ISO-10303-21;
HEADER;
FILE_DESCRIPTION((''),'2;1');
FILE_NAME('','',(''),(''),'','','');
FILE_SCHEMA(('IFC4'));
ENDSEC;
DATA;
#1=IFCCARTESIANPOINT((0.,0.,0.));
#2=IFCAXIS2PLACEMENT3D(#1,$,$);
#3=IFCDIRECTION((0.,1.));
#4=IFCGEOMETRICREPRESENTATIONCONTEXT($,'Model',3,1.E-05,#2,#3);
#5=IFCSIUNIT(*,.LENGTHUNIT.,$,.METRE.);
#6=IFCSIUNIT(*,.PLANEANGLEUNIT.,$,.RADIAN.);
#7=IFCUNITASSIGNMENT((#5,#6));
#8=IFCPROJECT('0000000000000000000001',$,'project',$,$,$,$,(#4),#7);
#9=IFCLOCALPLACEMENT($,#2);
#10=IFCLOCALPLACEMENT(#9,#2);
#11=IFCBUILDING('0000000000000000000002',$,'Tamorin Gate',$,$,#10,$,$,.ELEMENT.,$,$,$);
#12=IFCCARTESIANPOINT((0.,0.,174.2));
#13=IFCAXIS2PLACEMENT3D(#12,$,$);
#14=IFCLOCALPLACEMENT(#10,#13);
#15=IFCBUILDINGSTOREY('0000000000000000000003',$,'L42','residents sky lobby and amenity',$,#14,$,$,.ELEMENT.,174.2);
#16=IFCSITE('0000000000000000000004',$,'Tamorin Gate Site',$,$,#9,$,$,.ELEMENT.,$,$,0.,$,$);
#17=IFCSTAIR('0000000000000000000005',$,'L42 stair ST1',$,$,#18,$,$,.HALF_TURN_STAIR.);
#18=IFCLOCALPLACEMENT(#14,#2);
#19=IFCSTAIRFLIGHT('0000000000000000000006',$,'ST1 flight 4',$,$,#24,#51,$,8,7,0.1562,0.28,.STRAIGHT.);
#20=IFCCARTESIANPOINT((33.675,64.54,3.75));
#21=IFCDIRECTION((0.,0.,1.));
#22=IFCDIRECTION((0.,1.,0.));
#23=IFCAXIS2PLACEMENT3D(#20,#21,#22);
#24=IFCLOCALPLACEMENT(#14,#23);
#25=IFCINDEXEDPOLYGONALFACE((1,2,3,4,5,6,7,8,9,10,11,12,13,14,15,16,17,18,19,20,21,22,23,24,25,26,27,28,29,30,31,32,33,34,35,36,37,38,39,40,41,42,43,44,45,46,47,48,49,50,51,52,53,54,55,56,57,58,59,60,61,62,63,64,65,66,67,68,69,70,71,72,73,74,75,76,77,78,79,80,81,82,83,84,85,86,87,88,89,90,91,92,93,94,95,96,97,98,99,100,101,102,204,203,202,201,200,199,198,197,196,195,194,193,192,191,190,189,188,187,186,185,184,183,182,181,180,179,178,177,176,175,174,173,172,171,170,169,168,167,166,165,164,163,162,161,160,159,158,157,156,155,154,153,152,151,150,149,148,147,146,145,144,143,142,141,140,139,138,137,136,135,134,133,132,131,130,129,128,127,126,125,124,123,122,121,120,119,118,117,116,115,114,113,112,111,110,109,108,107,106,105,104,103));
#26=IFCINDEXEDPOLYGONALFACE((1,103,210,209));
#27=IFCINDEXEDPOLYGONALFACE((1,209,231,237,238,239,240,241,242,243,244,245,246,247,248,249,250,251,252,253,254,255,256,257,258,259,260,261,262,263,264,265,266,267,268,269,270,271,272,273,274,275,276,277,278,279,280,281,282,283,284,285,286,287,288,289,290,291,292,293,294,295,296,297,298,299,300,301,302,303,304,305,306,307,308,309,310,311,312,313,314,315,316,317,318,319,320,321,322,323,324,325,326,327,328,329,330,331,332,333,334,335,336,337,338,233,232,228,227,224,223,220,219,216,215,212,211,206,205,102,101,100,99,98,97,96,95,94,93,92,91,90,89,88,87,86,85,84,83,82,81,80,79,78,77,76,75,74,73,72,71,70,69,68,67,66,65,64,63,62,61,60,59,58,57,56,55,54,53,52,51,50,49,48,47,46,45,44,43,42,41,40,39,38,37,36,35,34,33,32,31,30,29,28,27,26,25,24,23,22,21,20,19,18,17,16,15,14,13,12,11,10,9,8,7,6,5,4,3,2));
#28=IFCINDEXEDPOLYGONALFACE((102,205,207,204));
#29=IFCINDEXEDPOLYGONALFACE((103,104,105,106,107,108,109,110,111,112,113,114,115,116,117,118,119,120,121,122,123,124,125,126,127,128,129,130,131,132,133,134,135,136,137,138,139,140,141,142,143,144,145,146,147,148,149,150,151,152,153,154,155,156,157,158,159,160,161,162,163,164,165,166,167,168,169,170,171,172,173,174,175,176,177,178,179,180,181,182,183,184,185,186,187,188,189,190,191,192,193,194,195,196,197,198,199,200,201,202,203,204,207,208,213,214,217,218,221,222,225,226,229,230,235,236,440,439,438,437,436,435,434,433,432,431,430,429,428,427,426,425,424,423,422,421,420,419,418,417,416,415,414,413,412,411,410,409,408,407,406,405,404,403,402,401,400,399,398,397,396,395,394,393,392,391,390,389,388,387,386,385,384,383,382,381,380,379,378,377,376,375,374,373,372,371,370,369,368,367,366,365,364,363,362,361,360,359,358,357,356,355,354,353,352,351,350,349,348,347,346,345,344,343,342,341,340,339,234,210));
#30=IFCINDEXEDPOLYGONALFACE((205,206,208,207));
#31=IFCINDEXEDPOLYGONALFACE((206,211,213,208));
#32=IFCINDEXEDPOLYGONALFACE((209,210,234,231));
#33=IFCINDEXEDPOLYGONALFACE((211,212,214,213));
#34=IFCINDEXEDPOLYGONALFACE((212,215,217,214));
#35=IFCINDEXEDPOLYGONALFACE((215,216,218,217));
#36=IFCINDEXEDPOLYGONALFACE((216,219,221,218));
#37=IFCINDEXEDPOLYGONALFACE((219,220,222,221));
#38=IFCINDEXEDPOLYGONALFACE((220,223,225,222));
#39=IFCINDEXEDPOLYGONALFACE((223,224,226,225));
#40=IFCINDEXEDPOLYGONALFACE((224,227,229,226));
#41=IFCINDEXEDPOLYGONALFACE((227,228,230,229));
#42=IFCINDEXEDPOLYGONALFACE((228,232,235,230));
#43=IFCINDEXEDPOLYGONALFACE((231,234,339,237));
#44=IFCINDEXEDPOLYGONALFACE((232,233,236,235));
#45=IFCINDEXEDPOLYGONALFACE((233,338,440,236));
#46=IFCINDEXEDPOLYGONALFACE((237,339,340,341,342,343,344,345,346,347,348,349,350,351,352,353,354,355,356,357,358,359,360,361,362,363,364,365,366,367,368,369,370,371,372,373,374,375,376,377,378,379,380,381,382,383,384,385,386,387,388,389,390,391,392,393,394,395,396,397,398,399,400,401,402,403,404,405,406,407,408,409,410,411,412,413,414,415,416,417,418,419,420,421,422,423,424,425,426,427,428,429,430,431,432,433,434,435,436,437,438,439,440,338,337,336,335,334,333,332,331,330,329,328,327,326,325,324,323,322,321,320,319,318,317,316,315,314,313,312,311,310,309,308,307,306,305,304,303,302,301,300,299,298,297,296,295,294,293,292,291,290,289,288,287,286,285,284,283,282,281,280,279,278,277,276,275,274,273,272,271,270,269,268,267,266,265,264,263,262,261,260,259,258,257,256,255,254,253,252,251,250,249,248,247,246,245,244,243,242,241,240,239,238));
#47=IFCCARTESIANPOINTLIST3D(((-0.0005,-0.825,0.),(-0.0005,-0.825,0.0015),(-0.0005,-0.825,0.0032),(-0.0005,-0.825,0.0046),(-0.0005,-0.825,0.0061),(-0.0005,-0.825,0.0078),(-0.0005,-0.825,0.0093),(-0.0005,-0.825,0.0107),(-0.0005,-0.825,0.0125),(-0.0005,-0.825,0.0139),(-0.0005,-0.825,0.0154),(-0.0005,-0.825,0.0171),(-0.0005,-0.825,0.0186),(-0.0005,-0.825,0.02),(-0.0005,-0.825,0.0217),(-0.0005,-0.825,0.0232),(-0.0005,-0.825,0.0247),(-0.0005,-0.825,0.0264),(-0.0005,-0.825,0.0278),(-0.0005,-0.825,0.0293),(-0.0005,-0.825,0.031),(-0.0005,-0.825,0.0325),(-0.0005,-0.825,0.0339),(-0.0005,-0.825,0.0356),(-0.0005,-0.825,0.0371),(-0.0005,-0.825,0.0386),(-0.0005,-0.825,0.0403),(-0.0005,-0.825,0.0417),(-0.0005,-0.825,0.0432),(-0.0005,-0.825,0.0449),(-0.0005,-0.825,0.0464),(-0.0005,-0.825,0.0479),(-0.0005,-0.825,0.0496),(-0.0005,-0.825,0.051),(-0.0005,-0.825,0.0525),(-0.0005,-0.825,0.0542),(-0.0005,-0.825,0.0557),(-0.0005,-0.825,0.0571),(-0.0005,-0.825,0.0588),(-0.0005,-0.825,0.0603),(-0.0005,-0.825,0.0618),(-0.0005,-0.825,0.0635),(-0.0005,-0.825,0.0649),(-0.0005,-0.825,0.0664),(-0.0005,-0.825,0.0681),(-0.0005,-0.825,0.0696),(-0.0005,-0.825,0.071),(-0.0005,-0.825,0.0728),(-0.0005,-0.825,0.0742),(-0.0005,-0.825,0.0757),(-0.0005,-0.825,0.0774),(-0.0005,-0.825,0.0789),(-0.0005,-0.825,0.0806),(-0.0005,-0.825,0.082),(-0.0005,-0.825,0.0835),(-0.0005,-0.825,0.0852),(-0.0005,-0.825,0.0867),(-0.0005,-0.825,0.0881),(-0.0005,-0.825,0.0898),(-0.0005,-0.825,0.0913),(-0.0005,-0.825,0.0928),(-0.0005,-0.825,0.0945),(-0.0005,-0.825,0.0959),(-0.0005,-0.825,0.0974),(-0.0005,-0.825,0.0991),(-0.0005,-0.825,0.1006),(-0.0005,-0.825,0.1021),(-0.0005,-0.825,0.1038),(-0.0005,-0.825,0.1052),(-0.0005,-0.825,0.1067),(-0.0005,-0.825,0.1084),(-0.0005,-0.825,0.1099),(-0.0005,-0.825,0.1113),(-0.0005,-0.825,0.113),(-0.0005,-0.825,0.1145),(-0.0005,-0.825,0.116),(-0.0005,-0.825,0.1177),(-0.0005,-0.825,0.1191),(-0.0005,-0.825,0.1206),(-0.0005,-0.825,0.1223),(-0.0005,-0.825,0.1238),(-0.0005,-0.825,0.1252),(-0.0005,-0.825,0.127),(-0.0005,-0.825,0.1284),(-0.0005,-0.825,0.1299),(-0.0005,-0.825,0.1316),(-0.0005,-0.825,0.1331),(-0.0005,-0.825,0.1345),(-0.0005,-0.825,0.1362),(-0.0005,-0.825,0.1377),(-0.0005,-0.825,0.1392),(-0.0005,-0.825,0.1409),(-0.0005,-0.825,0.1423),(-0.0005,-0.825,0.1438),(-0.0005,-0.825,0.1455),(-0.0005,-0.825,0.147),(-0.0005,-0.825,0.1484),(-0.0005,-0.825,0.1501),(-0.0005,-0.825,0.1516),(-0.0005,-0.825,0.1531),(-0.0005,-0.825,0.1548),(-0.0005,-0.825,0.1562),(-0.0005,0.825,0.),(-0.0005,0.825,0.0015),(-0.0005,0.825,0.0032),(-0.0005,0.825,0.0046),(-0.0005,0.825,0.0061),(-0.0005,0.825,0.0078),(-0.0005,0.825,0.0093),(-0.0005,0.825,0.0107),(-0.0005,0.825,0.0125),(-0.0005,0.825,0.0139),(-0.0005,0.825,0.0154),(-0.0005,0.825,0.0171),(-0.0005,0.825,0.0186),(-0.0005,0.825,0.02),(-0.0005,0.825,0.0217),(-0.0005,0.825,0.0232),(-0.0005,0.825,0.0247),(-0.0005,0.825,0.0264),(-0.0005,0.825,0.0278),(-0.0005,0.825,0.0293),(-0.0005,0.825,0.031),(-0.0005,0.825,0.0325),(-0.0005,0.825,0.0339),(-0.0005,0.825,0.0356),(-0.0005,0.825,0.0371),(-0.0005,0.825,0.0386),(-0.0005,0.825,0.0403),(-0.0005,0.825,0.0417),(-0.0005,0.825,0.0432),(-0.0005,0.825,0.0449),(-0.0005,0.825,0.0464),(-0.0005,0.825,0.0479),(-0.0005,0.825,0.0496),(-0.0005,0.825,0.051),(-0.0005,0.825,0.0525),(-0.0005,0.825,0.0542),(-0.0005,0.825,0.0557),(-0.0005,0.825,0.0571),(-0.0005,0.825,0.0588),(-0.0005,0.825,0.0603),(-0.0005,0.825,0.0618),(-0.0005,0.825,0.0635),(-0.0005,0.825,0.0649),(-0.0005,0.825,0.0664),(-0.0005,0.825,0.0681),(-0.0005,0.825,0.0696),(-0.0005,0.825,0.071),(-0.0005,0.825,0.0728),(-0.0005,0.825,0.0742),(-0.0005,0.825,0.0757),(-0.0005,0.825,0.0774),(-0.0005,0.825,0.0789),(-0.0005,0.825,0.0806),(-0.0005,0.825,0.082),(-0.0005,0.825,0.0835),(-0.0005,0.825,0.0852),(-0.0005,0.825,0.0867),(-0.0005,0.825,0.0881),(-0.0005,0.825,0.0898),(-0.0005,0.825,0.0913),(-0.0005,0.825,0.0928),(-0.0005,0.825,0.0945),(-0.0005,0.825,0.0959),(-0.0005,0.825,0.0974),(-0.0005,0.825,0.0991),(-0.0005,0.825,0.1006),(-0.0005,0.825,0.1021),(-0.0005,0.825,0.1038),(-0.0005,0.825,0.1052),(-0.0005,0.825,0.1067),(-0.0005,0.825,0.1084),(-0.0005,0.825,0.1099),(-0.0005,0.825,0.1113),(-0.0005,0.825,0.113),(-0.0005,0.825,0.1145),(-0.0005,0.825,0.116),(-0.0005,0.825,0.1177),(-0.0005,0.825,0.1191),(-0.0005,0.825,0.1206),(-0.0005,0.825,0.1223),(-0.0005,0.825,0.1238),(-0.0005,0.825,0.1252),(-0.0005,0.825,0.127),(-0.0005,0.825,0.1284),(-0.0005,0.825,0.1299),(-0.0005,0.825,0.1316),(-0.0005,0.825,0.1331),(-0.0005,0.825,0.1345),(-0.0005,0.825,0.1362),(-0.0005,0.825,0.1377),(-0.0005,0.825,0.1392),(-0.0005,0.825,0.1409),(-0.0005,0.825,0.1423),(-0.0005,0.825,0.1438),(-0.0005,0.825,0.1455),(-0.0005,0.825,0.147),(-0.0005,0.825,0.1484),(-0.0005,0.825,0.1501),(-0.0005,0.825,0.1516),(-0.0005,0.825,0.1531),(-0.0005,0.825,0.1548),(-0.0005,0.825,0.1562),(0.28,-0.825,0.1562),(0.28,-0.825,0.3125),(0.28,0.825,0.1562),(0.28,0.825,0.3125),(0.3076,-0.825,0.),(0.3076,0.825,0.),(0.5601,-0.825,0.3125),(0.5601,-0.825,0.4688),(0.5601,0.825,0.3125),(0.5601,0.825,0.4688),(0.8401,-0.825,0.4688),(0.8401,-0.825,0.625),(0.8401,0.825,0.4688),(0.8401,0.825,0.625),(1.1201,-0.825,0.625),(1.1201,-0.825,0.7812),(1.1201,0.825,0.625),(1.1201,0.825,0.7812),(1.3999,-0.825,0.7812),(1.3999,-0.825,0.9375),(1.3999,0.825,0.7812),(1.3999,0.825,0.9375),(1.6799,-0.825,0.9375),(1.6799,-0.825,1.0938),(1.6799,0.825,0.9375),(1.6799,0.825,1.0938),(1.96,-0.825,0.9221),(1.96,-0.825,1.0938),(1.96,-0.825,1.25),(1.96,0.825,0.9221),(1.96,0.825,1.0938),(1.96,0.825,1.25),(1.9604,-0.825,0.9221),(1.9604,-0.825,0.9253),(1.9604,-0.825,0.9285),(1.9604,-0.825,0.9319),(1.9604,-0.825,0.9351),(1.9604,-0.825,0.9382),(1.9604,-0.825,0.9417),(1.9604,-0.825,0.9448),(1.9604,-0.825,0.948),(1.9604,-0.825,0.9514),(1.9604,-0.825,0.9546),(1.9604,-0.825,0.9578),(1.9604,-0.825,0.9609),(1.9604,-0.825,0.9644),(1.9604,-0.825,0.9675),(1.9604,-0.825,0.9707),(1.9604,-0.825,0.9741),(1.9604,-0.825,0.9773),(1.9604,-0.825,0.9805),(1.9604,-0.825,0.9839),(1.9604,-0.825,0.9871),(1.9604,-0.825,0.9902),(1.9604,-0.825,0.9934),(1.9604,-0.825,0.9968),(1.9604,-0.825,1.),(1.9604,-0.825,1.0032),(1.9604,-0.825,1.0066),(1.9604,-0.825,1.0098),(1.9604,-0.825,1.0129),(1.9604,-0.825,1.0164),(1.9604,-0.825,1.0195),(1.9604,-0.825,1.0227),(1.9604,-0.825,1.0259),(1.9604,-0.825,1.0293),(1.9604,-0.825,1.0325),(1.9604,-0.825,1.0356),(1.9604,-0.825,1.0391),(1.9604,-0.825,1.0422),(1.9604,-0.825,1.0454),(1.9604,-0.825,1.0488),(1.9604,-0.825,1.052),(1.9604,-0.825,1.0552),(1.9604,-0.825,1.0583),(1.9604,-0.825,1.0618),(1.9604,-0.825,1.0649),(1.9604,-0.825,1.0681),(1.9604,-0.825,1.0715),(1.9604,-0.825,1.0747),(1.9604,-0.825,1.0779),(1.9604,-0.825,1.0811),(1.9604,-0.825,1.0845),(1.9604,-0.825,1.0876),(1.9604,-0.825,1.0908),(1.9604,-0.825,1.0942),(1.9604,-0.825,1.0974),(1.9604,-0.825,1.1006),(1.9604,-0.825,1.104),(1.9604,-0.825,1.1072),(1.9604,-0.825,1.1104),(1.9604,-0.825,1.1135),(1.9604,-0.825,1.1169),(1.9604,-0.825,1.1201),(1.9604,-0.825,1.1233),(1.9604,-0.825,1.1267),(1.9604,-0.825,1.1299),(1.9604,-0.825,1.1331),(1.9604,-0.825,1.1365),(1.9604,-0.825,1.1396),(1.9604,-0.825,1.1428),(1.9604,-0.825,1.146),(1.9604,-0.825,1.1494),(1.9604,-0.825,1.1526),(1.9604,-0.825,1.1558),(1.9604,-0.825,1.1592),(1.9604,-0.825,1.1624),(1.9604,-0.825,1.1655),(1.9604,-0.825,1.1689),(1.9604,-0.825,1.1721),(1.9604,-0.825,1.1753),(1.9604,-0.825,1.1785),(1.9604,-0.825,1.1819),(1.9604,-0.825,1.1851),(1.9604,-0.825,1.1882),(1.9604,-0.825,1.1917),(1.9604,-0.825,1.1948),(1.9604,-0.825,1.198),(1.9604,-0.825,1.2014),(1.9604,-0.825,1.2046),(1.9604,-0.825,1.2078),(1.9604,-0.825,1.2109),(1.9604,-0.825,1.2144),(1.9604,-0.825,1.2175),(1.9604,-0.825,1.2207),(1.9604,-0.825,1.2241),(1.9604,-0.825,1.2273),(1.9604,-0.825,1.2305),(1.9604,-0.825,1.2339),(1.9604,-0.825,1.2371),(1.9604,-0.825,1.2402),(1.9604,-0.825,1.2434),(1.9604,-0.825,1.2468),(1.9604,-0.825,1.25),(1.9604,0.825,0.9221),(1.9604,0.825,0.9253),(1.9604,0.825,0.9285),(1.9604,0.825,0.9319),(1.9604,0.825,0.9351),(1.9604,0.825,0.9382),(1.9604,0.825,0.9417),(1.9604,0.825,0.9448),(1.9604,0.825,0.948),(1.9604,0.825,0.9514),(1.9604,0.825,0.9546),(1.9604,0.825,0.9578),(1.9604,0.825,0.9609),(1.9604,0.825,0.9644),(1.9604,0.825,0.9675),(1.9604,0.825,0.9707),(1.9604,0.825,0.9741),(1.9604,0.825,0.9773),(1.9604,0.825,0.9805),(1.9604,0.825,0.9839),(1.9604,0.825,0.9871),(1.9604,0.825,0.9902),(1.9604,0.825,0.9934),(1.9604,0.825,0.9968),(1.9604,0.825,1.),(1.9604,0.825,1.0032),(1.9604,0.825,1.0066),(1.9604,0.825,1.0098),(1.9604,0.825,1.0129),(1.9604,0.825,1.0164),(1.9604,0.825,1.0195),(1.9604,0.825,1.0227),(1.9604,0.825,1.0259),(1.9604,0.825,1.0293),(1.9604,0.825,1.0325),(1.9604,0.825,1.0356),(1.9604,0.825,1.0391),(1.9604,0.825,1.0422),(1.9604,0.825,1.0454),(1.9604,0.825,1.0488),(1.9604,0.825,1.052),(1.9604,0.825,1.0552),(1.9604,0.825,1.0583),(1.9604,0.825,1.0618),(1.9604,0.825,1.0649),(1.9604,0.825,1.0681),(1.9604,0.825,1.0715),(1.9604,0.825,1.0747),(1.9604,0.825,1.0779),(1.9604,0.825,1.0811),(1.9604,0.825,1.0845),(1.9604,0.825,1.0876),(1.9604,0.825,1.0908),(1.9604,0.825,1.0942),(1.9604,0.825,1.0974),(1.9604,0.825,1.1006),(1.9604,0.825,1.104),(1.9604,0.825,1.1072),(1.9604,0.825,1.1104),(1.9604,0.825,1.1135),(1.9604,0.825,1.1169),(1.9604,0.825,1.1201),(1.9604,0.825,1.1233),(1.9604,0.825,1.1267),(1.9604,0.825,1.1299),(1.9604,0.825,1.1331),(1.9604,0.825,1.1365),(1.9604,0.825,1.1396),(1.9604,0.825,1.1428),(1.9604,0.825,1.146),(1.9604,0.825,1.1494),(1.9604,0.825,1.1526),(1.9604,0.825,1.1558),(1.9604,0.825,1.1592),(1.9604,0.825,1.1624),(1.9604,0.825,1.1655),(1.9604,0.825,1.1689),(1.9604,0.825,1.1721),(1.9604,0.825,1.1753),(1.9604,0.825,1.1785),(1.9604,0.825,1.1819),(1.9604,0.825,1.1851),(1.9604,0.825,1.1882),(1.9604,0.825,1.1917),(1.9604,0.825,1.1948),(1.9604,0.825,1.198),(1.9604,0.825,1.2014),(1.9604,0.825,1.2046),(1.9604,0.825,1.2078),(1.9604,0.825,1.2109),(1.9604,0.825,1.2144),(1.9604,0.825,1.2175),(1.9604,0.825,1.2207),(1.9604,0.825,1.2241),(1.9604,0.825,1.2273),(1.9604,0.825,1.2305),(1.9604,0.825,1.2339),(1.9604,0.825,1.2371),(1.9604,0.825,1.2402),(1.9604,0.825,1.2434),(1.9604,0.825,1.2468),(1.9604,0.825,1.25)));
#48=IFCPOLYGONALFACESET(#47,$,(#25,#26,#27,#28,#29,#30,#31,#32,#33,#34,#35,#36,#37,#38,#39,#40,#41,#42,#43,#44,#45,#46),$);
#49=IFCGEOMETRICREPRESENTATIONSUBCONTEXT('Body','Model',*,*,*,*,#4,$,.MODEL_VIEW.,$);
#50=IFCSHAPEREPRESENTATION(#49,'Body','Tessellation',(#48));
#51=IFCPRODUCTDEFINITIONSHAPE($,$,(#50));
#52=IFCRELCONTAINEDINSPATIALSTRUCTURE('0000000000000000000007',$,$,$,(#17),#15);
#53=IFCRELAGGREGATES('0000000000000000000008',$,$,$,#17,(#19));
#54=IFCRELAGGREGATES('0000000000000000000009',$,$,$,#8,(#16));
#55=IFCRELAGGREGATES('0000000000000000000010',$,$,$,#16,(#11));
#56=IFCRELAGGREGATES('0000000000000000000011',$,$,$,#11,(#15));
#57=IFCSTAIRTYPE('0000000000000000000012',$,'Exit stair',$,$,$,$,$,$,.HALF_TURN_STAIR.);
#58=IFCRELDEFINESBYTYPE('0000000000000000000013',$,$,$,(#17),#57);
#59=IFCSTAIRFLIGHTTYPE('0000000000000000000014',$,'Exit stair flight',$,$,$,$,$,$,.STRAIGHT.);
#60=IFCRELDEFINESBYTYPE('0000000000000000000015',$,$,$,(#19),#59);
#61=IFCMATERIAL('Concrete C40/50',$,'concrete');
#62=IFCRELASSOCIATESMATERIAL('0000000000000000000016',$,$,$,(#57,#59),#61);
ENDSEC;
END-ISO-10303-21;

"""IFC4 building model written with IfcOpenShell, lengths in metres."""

from ifc_helpers import new_model, si_unit, direction, frame, origin, place, context, subcontext, project, spatial, polyline, outline, extrude, material, type_object, element, aggregate, save


model = new_model("IFC4")

# Units and contexts
model_context = context("Model", 3, precision=1e-05, world=origin(), true_north=direction((0.0, 1.0)))
body_context = subcontext(model_context, "Body", "Model", "MODEL_VIEW")
ifc_project = project(units=[si_unit("LENGTHUNIT", "METRE"), si_unit("PLANEANGLEUNIT", "RADIAN")], contexts=[model_context])

# Site, building, storey
site_placement = place(None, origin())
site = spatial("IfcSite", under=ifc_project, at=site_placement, Name="Tamorin Gate Site", CompositionType="ELEMENT", RefElevation=0.0)
building_placement = place(site_placement, origin())
building = spatial("IfcBuilding", under=site, at=building_placement, Name="Tamorin Gate", CompositionType="ELEMENT")
storey_placement = place(building_placement, frame((0.0, 0.0, 174.2)))
storey = spatial("IfcBuildingStorey", under=building, at=storey_placement, Name="L42", Description="residents sky lobby and amenity", CompositionType="ELEMENT", Elevation=174.2)

# Shared definitions
ifc_material_1 = material(Name="Concrete C40/50", Category="concrete")

# Stair, stair flight
stair_type = type_object("IfcStairType", Name="Exit stair", PredefinedType="HALF_TURN_STAIR", material=ifc_material_1)
stair_placement = place(storey_placement, origin())
stair = element("IfcStair", 1, at=stair_placement, inside=storey, type_object=stair_type, Name="L42 stair ST1", PredefinedType="HALF_TURN_STAIR")
stair_flight_type = type_object("IfcStairFlightType", Name="Exit stair flight", PredefinedType="STRAIGHT", material=ifc_material_1)
stair_flight_1_placement = place(storey_placement, frame((33.675, 64.54, 3.75), z_axis=(0.0, 0.0, 1.0), x_axis=(0.0, 1.0, 0.0)))
stair_flight_1 = element("IfcStairFlight", 2, at=stair_flight_1_placement, type_object=stair_flight_type, Name="ST1 flight 4", NumberOfRisers=8, NumberOfTreads=7, PredefinedType="STRAIGHT", RiserHeight=0.1562, TreadLength=0.28, context=body_context, shape_type="SweptSolid", body=[
    extrude(outline(polyline([(-0.0005, 0.0), (-0.0005, 0.0015), (-0.0005, 0.0032), (-0.0005, 0.0046), (-0.0005, 0.0061), (-0.0005, 0.0078), (-0.0005, 0.0093), (-0.0005, 0.0107), (-0.0005, 0.0125), (-0.0005, 0.0139), (-0.0005, 0.0154), (-0.0005, 0.0171), (-0.0005, 0.0186), (-0.0005, 0.02), (-0.0005, 0.0217), (-0.0005, 0.0232), (-0.0005, 0.0247), (-0.0005, 0.0264), (-0.0005, 0.0278), (-0.0005, 0.0293), (-0.0005, 0.031), (-0.0005, 0.0325), (-0.0005, 0.0339), (-0.0005, 0.0356), (-0.0005, 0.0371), (-0.0005, 0.0386), (-0.0005, 0.0403), (-0.0005, 0.0417), (-0.0005, 0.0432), (-0.0005, 0.0449), (-0.0005, 0.0464), (-0.0005, 0.0479), (-0.0005, 0.0496), (-0.0005, 0.051), (-0.0005, 0.0525), (-0.0005, 0.0542), (-0.0005, 0.0557), (-0.0005, 0.0571), (-0.0005, 0.0588), (-0.0005, 0.0603), (-0.0005, 0.0618), (-0.0005, 0.0635), (-0.0005, 0.0649), (-0.0005, 0.0664), (-0.0005, 0.0681), (-0.0005, 0.0696), (-0.0005, 0.071), (-0.0005, 0.0728), (-0.0005, 0.0742), (-0.0005, 0.0757), (-0.0005, 0.0774), (-0.0005, 0.0789), (-0.0005, 0.0806), (-0.0005, 0.082), (-0.0005, 0.0835), (-0.0005, 0.0852), (-0.0005, 0.0867), (-0.0005, 0.0881), (-0.0005, 0.0898), (-0.0005, 0.0913), (-0.0005, 0.0928), (-0.0005, 0.0945), (-0.0005, 0.0959), (-0.0005, 0.0974), (-0.0005, 0.0991), (-0.0005, 0.1006), (-0.0005, 0.1021), (-0.0005, 0.1038), (-0.0005, 0.1052), (-0.0005, 0.1067), (-0.0005, 0.1084), (-0.0005, 0.1099), (-0.0005, 0.1113), (-0.0005, 0.113), (-0.0005, 0.1145), (-0.0005, 0.116), (-0.0005, 0.1177), (-0.0005, 0.1191), (-0.0005, 0.1206), (-0.0005, 0.1223), (-0.0005, 0.1238), (-0.0005, 0.1252), (-0.0005, 0.127), (-0.0005, 0.1284), (-0.0005, 0.1299), (-0.0005, 0.1316), (-0.0005, 0.1331), (-0.0005, 0.1345), (-0.0005, 0.1362), (-0.0005, 0.1377), (-0.0005, 0.1392), (-0.0005, 0.1409), (-0.0005, 0.1423), (-0.0005, 0.1438), (-0.0005, 0.1455), (-0.0005, 0.147), (-0.0005, 0.1484), (-0.0005, 0.1501), (-0.0005, 0.1516), (-0.0005, 0.1531), (-0.0005, 0.1548), (-0.0005, 0.1562), (0.28, 0.1562), (0.28, 0.3125), (0.5601, 0.3125), (0.5601, 0.4688), (0.8401, 0.4688), (0.8401, 0.625), (1.1201, 0.625), (1.1201, 0.7812), (1.3999, 0.7812), (1.3999, 0.9375), (1.6799, 0.9375), (1.6799, 1.0938), (1.96, 1.0938), (1.96, 1.25), (1.9604, 1.25), (1.9604, 1.2468), (1.9604, 1.2434), (1.9604, 1.2402), (1.9604, 1.2371), (1.9604, 1.2339), (1.9604, 1.2305), (1.9604, 1.2273), (1.9604, 1.2241), (1.9604, 1.2207), (1.9604, 1.2175), (1.9604, 1.2144), (1.9604, 1.2109), (1.9604, 1.2078), (1.9604, 1.2046), (1.9604, 1.2014), (1.9604, 1.198), (1.9604, 1.1948), (1.9604, 1.1917), (1.9604, 1.1882), (1.9604, 1.1851), (1.9604, 1.1819), (1.9604, 1.1785), (1.9604, 1.1753), (1.9604, 1.1721), (1.9604, 1.1689), (1.9604, 1.1655), (1.9604, 1.1624), (1.9604, 1.1592), (1.9604, 1.1558), (1.9604, 1.1526), (1.9604, 1.1494), (1.9604, 1.146), (1.9604, 1.1428), (1.9604, 1.1396), (1.9604, 1.1365), (1.9604, 1.1331), (1.9604, 1.1299), (1.9604, 1.1267), (1.9604, 1.1233), (1.9604, 1.1201), (1.9604, 1.1169), (1.9604, 1.1135), (1.9604, 1.1104), (1.9604, 1.1072), (1.9604, 1.104), (1.9604, 1.1006), (1.9604, 1.0974), (1.9604, 1.0942), (1.9604, 1.0908), (1.9604, 1.0876), (1.9604, 1.0845), (1.9604, 1.0811), (1.9604, 1.0779), (1.9604, 1.0747), (1.9604, 1.0715), (1.9604, 1.0681), (1.9604, 1.0649), (1.9604, 1.0618), (1.9604, 1.0583), (1.9604, 1.0552), (1.9604, 1.052), (1.9604, 1.0488), (1.9604, 1.0454), (1.9604, 1.0422), (1.9604, 1.0391), (1.9604, 1.0356), (1.9604, 1.0325), (1.9604, 1.0293), (1.9604, 1.0259), (1.9604, 1.0227), (1.9604, 1.0195), (1.9604, 1.0164), (1.9604, 1.0129), (1.9604, 1.0098), (1.9604, 1.0066), (1.9604, 1.0032), (1.9604, 1.0), (1.9604, 0.9968), (1.9604, 0.9934), (1.9604, 0.9902), (1.9604, 0.9871), (1.9604, 0.9839), (1.9604, 0.9805), (1.9604, 0.9773), (1.9604, 0.9741), (1.9604, 0.9707), (1.9604, 0.9675), (1.9604, 0.9644), (1.9604, 0.9609), (1.9604, 0.9578), (1.9604, 0.9546), (1.9604, 0.9514), (1.9604, 0.948), (1.9604, 0.9448), (1.9604, 0.9417), (1.9604, 0.9382), (1.9604, 0.9351), (1.9604, 0.9319), (1.9604, 0.9285), (1.9604, 0.9253), (1.9604, 0.9221), (1.96, 0.9221), (0.3076, 0.0), (-0.0005, 0.0)])), frame((0.0, 0.825, 0.0), z_axis=(0.0, -1.0, 0.0), x_axis=(1.0, 0.0, 0.0)), (0.0, 0.0, 1.0), 1.6499),
])
aggregate(stair, [stair_flight_1])

save(model, "model.ifc")
